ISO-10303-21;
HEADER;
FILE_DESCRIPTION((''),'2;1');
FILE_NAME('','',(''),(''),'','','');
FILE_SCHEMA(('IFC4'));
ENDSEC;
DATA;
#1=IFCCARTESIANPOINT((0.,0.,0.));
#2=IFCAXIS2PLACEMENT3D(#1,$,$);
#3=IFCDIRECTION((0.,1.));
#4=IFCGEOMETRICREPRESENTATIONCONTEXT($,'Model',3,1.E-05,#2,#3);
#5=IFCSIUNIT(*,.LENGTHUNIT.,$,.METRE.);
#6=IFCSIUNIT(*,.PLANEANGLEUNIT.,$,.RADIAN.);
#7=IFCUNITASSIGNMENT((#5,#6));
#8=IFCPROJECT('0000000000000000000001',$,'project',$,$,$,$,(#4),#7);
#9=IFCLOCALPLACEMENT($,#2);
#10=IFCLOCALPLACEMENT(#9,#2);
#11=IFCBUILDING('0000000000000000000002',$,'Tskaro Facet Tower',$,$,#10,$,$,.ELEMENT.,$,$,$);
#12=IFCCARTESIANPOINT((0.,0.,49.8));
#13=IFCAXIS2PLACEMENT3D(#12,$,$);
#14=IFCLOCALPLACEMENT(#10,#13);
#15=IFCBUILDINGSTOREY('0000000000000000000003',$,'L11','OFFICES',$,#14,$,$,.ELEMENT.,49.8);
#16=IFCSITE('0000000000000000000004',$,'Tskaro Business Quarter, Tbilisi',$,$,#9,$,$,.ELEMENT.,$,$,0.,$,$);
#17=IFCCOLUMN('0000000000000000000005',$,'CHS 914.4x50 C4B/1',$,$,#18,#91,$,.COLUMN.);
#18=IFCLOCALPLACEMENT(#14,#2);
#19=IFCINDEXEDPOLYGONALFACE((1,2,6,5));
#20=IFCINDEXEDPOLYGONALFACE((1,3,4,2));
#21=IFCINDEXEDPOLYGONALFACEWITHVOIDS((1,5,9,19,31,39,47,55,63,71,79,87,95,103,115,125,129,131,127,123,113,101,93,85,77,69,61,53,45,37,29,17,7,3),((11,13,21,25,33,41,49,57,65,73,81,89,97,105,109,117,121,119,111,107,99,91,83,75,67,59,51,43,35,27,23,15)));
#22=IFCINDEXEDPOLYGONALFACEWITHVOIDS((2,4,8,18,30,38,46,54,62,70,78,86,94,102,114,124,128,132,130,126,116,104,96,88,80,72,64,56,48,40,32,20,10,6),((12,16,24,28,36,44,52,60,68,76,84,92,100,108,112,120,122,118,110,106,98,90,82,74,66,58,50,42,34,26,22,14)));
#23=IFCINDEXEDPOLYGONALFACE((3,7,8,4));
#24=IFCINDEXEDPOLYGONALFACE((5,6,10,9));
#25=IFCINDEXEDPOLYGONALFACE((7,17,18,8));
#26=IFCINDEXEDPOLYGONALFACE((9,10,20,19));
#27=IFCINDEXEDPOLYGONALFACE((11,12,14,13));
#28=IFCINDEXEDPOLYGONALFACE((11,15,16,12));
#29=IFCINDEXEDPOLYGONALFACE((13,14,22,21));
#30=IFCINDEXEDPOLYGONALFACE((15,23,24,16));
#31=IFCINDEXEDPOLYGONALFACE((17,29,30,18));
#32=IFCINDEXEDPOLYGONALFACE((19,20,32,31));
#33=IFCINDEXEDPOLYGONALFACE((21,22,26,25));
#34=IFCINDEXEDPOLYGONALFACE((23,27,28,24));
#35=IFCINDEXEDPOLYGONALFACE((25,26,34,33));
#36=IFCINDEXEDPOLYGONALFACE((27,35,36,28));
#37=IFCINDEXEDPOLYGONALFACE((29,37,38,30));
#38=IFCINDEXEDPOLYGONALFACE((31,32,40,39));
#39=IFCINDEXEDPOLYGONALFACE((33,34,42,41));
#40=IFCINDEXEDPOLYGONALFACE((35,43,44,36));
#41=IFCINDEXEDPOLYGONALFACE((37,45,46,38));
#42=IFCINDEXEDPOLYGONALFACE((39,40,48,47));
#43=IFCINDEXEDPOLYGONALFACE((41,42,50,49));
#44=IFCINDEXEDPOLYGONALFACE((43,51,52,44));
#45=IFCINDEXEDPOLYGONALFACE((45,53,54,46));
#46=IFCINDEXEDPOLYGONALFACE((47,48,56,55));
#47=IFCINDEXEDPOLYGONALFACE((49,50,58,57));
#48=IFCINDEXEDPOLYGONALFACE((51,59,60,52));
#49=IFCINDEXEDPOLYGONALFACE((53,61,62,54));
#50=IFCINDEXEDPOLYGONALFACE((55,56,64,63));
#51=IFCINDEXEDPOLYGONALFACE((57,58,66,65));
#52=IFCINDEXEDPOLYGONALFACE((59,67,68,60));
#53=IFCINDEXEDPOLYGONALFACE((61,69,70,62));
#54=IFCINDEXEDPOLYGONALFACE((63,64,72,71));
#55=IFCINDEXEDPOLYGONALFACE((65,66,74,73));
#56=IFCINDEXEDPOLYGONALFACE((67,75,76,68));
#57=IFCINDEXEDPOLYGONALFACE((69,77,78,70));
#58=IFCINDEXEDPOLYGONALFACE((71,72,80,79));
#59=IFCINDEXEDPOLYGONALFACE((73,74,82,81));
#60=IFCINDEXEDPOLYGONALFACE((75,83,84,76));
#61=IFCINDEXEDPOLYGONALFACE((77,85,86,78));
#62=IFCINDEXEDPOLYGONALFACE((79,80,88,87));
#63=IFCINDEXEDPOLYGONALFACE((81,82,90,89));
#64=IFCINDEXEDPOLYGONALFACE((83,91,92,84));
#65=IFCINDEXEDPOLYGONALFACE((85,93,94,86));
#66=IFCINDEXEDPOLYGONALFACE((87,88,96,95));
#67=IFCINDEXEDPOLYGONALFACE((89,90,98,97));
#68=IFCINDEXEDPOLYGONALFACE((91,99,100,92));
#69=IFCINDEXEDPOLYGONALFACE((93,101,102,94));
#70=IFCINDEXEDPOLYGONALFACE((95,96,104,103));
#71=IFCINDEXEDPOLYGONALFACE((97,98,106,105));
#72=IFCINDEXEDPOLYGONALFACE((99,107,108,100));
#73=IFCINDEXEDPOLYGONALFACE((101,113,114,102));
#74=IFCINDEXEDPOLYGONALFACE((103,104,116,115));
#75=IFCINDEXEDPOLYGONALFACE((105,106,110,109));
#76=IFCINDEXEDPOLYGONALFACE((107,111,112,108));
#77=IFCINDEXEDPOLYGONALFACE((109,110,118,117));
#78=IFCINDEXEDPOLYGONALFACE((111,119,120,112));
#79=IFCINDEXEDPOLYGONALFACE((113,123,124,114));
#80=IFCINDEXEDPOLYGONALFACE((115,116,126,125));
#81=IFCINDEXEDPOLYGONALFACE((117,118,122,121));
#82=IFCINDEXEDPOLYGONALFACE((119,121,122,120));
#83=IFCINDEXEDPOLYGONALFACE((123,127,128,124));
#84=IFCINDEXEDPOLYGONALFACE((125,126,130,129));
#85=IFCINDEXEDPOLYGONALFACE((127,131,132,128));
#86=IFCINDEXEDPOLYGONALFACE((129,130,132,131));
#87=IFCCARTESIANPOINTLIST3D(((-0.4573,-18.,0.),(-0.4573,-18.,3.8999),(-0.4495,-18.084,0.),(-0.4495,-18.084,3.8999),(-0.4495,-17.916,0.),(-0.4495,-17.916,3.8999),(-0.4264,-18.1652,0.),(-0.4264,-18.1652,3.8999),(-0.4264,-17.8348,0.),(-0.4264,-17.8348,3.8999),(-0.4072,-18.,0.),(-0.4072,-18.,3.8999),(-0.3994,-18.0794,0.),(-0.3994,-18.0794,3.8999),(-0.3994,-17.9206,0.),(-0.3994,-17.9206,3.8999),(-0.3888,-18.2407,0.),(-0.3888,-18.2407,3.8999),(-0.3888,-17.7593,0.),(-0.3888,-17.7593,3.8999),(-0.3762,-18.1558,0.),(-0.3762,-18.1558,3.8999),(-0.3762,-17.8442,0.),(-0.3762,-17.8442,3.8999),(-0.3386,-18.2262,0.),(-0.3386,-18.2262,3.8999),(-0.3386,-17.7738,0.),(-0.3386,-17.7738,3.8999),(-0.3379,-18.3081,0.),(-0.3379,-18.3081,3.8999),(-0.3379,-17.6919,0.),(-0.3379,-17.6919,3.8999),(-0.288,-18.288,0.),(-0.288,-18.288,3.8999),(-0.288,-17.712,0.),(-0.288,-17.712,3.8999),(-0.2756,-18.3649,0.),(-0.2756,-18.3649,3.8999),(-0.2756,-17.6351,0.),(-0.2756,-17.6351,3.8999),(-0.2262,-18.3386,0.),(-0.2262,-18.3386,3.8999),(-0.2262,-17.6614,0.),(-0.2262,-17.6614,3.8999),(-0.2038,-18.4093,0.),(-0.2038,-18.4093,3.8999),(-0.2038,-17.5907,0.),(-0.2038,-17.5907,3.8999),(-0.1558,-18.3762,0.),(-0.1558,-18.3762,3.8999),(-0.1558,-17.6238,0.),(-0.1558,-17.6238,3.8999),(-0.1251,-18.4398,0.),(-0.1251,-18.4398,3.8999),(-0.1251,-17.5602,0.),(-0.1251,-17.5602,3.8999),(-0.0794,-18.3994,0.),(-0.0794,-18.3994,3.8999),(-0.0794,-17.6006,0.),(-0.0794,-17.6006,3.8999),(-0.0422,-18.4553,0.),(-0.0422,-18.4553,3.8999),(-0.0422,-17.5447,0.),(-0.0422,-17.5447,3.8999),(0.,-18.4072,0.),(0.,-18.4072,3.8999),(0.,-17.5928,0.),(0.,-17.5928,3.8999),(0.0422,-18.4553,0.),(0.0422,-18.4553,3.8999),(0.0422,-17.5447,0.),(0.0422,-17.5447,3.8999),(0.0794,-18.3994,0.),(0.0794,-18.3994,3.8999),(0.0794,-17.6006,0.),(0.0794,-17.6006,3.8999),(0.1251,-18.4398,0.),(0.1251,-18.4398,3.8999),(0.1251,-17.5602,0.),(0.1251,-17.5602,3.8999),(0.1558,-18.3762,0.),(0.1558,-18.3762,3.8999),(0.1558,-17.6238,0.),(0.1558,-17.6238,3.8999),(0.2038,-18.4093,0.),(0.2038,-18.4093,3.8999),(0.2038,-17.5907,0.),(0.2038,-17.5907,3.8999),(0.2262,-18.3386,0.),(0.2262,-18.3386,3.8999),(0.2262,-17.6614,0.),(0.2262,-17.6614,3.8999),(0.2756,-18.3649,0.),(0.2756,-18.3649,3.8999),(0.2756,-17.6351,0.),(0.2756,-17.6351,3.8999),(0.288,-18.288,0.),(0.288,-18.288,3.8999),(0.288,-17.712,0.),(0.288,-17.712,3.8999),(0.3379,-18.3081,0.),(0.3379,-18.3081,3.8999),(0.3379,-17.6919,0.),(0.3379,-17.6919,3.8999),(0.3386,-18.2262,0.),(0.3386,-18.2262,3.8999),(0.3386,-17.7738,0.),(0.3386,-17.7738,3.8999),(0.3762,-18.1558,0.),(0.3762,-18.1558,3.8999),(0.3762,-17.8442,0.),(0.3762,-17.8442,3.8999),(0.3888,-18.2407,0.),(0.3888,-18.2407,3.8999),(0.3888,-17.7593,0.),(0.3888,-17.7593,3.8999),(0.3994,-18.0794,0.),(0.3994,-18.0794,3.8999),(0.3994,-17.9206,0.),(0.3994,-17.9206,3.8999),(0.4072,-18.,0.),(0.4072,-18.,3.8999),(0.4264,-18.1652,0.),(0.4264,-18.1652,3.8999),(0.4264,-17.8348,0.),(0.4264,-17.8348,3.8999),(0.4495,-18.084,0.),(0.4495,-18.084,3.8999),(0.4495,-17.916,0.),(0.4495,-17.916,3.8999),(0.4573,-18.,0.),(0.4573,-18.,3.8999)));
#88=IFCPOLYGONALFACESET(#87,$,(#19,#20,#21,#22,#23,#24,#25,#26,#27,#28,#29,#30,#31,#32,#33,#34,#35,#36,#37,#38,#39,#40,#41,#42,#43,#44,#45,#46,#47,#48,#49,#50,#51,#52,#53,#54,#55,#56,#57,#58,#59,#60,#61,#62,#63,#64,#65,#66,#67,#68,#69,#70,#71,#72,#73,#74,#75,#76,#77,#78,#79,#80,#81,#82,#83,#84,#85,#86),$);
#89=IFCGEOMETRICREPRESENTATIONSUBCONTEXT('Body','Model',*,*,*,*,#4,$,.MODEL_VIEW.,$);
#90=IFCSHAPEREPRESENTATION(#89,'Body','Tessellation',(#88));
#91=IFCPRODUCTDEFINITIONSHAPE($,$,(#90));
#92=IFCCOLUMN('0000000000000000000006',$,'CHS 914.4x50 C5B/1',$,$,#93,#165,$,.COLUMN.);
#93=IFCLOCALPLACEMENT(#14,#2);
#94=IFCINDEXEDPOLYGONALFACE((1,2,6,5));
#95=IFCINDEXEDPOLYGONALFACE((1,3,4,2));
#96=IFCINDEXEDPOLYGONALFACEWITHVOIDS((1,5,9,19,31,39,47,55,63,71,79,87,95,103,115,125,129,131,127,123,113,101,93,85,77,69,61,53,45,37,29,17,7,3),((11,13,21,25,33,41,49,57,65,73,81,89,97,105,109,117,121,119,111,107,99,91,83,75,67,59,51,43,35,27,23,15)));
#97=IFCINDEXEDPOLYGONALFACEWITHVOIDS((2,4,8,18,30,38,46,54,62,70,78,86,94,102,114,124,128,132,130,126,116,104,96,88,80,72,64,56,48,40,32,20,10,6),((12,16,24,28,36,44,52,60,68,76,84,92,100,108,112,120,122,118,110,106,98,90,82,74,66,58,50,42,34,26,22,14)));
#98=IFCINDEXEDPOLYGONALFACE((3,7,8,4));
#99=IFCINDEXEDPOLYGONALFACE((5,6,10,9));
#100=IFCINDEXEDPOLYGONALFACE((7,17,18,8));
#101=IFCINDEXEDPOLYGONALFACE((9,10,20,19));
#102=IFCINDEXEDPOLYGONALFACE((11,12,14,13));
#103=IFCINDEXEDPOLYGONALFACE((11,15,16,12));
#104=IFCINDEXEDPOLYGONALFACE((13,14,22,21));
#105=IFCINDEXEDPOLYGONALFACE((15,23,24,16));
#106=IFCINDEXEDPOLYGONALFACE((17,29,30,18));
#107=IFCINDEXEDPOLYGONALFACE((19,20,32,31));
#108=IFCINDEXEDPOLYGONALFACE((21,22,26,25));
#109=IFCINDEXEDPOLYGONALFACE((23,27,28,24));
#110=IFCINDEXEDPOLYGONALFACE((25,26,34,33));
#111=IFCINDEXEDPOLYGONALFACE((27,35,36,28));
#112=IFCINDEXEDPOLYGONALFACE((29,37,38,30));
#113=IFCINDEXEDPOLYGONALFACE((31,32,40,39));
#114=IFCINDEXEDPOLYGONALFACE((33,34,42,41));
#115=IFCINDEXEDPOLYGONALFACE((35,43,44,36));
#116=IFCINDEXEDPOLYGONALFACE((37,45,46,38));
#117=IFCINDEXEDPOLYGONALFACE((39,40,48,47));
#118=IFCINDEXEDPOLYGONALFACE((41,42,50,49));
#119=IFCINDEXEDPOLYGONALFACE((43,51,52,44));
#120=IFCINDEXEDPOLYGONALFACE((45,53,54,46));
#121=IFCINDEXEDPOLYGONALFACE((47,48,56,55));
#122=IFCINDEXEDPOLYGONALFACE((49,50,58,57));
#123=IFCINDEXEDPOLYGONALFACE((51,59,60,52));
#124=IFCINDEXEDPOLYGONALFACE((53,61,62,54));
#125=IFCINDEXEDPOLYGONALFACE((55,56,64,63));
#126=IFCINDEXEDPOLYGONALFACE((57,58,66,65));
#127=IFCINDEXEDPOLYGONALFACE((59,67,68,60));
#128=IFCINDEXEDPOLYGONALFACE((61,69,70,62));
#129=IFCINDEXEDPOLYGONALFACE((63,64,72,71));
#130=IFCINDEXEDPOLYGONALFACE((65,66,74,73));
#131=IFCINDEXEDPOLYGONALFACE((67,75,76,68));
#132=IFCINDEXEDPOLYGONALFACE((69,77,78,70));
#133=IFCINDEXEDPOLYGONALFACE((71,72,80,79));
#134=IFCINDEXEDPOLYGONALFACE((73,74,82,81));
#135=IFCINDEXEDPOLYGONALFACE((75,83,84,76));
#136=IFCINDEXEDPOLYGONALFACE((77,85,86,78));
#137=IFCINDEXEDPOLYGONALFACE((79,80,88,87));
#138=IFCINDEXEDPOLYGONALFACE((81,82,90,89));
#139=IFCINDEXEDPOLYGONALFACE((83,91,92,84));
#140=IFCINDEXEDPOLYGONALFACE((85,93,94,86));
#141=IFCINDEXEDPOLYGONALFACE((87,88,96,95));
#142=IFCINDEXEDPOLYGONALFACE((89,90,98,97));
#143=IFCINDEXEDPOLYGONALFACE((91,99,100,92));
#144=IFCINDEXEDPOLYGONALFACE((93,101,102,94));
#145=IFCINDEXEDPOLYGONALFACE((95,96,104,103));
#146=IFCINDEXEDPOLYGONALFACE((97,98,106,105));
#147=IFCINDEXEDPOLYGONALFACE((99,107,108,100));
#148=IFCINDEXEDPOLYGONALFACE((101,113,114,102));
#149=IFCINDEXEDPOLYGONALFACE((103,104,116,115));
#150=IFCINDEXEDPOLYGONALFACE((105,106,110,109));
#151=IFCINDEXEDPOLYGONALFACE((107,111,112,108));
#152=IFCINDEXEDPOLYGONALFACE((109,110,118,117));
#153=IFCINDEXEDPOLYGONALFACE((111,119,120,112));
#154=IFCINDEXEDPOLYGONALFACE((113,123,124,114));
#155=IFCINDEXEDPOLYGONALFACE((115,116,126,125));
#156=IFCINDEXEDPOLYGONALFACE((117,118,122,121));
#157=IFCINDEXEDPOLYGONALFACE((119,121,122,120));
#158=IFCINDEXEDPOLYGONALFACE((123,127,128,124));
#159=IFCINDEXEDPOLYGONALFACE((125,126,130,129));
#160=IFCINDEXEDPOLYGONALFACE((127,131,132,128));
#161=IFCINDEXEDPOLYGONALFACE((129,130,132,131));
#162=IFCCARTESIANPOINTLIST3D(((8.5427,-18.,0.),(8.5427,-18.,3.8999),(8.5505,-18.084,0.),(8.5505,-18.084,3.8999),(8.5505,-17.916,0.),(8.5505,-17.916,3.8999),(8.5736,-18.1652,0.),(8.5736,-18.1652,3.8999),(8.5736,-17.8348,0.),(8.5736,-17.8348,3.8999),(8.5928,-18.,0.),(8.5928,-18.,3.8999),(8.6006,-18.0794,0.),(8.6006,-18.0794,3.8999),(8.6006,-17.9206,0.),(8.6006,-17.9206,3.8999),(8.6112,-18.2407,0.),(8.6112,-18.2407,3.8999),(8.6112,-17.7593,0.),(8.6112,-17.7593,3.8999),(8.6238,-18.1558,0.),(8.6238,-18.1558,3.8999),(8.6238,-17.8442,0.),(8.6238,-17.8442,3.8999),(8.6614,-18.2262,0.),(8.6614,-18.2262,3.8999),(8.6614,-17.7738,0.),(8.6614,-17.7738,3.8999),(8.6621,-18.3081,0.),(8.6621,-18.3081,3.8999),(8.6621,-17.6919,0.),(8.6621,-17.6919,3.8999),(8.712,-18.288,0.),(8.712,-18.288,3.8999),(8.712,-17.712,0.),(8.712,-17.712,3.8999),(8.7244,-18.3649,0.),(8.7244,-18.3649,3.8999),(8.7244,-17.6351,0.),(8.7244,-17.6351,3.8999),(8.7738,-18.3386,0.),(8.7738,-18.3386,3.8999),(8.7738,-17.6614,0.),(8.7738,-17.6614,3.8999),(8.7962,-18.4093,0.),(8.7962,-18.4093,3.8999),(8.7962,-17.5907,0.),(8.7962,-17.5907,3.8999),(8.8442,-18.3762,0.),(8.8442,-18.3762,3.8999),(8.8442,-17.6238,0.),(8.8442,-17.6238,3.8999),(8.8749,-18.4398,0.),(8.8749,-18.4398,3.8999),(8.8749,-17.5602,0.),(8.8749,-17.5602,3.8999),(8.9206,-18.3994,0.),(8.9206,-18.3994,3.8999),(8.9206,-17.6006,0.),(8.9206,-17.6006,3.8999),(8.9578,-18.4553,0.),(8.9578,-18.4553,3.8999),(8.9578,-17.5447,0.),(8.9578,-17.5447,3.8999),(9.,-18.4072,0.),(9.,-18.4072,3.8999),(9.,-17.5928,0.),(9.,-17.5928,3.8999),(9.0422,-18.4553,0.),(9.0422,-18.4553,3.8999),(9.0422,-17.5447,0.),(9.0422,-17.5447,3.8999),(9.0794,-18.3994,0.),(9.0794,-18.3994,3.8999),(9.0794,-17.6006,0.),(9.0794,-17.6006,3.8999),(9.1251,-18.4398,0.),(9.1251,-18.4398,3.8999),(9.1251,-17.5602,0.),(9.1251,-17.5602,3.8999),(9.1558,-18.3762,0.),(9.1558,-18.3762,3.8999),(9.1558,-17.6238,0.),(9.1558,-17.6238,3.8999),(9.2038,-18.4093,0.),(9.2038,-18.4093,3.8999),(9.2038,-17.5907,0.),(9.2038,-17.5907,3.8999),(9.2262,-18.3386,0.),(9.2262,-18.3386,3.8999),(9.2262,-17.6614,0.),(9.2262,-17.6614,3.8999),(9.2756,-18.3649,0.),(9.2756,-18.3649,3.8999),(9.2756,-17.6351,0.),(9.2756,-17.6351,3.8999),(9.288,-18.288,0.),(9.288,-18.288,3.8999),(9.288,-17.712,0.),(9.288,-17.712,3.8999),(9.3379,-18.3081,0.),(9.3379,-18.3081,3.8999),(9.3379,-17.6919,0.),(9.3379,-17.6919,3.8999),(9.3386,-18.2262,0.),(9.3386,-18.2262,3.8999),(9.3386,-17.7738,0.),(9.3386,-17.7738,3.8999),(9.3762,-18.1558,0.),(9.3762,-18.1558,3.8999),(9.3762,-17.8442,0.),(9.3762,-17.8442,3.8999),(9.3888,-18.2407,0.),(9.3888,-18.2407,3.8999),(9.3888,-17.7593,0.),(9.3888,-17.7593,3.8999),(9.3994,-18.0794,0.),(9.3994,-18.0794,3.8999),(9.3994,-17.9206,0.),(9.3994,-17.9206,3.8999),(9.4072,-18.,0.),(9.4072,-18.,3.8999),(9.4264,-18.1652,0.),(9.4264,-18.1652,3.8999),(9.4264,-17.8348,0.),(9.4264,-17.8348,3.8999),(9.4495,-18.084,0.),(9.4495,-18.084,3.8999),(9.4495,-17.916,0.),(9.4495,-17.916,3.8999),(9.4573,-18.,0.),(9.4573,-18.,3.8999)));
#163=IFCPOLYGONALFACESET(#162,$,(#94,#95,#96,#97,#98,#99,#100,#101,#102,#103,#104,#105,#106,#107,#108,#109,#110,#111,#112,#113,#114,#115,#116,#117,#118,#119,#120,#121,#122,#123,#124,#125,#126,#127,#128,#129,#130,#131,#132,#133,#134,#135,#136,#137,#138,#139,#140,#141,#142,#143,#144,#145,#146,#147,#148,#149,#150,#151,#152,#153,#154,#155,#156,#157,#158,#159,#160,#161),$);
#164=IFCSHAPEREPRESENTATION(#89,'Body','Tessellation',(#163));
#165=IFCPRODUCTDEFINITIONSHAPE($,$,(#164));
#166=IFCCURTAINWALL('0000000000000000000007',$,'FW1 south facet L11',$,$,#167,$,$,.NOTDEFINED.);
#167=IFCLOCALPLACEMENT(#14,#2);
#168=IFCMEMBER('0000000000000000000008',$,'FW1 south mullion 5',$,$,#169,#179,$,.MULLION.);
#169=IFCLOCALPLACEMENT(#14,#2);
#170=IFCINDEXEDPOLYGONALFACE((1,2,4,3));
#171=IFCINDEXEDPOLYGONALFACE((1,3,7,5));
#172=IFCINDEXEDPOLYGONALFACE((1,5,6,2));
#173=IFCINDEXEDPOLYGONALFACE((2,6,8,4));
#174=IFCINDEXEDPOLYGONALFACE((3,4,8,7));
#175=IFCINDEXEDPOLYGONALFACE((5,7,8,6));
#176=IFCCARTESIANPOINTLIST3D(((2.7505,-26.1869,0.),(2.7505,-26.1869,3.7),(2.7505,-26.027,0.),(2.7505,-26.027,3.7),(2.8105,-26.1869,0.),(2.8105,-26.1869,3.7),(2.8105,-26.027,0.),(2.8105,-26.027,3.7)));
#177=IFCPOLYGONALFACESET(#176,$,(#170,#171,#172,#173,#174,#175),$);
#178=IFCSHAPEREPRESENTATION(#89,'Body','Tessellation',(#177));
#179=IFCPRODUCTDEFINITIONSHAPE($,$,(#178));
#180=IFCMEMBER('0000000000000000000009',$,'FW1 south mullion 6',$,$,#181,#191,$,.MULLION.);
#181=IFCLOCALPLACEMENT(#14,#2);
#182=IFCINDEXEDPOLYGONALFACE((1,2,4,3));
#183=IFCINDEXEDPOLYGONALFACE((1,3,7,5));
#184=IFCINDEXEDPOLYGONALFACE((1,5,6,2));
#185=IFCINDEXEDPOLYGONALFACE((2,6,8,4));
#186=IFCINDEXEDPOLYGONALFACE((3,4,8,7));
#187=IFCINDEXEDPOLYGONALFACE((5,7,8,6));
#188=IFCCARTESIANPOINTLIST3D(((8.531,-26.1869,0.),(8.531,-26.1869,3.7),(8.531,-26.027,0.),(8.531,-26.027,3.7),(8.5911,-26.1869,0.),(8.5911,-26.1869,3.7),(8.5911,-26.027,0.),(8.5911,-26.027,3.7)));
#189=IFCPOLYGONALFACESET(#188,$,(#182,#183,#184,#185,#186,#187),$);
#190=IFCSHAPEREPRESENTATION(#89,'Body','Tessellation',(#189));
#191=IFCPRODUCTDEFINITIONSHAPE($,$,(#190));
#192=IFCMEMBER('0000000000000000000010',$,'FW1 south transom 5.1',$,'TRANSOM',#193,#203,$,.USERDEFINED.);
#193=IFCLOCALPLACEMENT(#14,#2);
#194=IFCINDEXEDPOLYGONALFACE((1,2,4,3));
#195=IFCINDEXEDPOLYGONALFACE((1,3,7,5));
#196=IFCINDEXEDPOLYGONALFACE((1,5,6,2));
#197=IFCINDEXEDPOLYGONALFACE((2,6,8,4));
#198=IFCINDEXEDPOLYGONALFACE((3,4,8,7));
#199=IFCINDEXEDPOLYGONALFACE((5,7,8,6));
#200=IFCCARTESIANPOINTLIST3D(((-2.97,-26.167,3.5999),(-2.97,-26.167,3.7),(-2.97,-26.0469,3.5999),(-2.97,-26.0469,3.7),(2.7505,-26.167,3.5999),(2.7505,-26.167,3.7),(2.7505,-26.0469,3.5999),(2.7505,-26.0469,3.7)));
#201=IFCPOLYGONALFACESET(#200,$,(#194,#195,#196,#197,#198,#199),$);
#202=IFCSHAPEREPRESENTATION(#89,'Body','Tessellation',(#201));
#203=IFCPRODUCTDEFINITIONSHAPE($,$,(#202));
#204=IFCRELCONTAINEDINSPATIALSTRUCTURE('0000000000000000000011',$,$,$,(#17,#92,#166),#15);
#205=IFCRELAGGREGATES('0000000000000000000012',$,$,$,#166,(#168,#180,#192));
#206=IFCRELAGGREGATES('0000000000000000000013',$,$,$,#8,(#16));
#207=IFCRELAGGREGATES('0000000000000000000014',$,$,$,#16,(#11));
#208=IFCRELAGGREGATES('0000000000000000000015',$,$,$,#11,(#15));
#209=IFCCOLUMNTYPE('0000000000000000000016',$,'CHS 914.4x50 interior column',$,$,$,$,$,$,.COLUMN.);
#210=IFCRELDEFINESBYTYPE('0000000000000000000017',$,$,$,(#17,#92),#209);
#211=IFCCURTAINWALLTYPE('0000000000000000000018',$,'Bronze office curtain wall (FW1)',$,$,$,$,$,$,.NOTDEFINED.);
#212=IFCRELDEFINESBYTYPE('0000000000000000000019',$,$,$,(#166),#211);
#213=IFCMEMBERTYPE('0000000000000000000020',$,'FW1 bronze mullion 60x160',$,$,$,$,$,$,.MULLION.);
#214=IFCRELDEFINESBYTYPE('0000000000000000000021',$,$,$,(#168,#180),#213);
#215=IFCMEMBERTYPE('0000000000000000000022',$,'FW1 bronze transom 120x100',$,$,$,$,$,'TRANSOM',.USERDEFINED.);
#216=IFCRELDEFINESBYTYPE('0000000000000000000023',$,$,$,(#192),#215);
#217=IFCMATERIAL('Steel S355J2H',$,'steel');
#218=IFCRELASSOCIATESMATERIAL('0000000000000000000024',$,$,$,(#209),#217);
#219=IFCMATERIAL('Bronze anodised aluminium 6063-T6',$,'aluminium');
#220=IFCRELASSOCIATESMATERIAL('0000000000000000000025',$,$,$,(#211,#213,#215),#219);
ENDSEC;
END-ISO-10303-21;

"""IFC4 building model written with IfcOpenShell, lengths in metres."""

from ifc_helpers import new_model, si_unit, direction, frame, origin, origin_2d, place, context, subcontext, project, spatial, rectangle, hollow_circle, extrude, material, material_profile, profile_set, type_object, element, aggregate, save


model = new_model("IFC4")

# Units and contexts
model_context = context("Model", 3, precision=1e-05, world=origin(), true_north=direction((0.0, 1.0)))
body_context = subcontext(model_context, "Body", "Model", "MODEL_VIEW")
ifc_project = project(units=[si_unit("LENGTHUNIT", "METRE"), si_unit("PLANEANGLEUNIT", "RADIAN")], contexts=[model_context])

# Site, building, storey
site_placement = place(None, origin())
site = spatial("IfcSite", under=ifc_project, at=site_placement, Name="Tskaro Business Quarter, Tbilisi", CompositionType="ELEMENT", RefElevation=0.0)
building_placement = place(site_placement, origin())
building = spatial("IfcBuilding", under=site, at=building_placement, Name="Tskaro Facet Tower", CompositionType="ELEMENT")
storey_placement = place(building_placement, frame((0.0, 0.0, 49.8)))
storey = spatial("IfcBuildingStorey", under=building, at=storey_placement, Name="L11", Description="OFFICES", CompositionType="ELEMENT", Elevation=49.8)

# Columns
ifc_material_1 = material(Name="Steel S355J2H", Category="steel")
ifc_material_profile_1 = material_profile(ifc_material_1, hollow_circle(Radius=0.4573, WallThickness=0.05, at=origin_2d()), Name="CHS 914.4x50")
ifc_profile_set_1 = profile_set([ifc_material_profile_1], Name="Steel S355J2H")
column_type_1 = type_object("IfcColumnType", Name="CHS 914.4x50 interior column", PredefinedType="COLUMN", material=ifc_profile_set_1)
for number, where, z_axis, x_axis, name in (
    (1, (0.0, -18.0, 0.0), (0.0, 0.0, 1.0), (1.0, 0.0, 0.0), "CHS 914.4x50 C4B/1"),
    (2, (9.0, -18.0, 0.0), (0.0, 0.0, 1.0), (1.0, 0.0, 0.0), "CHS 914.4x50 C5B/1"),
):
    element("IfcColumn", number, at=place(storey_placement, frame(where, z_axis=z_axis, x_axis=x_axis)), inside=storey, type_object=column_type_1, Name=name, PredefinedType="COLUMN", context=body_context, shape_type="SweptSolid", body=[
        extrude(hollow_circle(Radius=0.4573, WallThickness=0.05, at=origin_2d()), origin(), (0.0, 0.0, 1.0), 3.8999),
    ])

# Curtain wall, members
ifc_material_2 = material(Name="Bronze anodised aluminium 6063-T6", Category="aluminium")
curtain_wall_type = type_object("IfcCurtainWallType", Name="Bronze office curtain wall (FW1)", PredefinedType="NOTDEFINED", material=ifc_material_2)
curtain_wall_placement = place(storey_placement, origin())
curtain_wall = element("IfcCurtainWall", 3, at=curtain_wall_placement, inside=storey, type_object=curtain_wall_type, Name="FW1 south facet L11", PredefinedType="NOTDEFINED")
ifc_material_profile_2 = material_profile(ifc_material_2, rectangle(XDim=0.0601, YDim=0.1599, at=origin_2d()), Name="Mullion 60x160")
ifc_profile_set_2 = profile_set([ifc_material_profile_2], Name="Bronze anodised aluminium 6063-T6")
member_type_1 = type_object("IfcMemberType", Name="FW1 bronze mullion 60x160", PredefinedType="MULLION", material=ifc_profile_set_2)
member_1_placement = place(storey_placement, frame((2.7805, -26.1069, 0.0), z_axis=(0.0, 0.0, 1.0), x_axis=(1.0, 0.0, 0.0)))
member_1 = element("IfcMember", 4, at=member_1_placement, type_object=member_type_1, Name="FW1 south mullion 5", PredefinedType="MULLION", context=body_context, shape_type="SweptSolid", body=[
    extrude(rectangle(XDim=0.0601, YDim=0.1599, at=origin_2d()), origin(), (0.0, 0.0, 1.0), 3.7),
])
member_2_placement = place(storey_placement, frame((8.561, -26.1069, 0.0), z_axis=(0.0, 0.0, 1.0), x_axis=(1.0, 0.0, 0.0)))
member_2 = element("IfcMember", 5, at=member_2_placement, type_object=member_type_1, Name="FW1 south mullion 6", PredefinedType="MULLION", context=body_context, shape_type="SweptSolid", body=[
    extrude(rectangle(XDim=0.0601, YDim=0.1599, at=origin_2d()), origin(), (0.0, 0.0, 1.0), 3.7),
])
ifc_material_profile_3 = material_profile(ifc_material_2, rectangle(XDim=0.1201, YDim=0.1001, at=origin_2d()), Name="Transom 120x100")
ifc_profile_set_3 = profile_set([ifc_material_profile_3], Name="Bronze anodised aluminium 6063-T6")
member_type_2 = type_object("IfcMemberType", Name="FW1 bronze transom 120x100", ElementType="TRANSOM", PredefinedType="USERDEFINED", material=ifc_profile_set_3)
member_3_placement = place(storey_placement, frame((-2.97, -26.1069, 3.6499), z_axis=(1.0, 0.0, 0.0), x_axis=(0.0, 1.0, 0.0)))
member_3 = element("IfcMember", 6, at=member_3_placement, type_object=member_type_2, Name="FW1 south transom 5.1", ObjectType="TRANSOM", PredefinedType="USERDEFINED", context=body_context, shape_type="SweptSolid", body=[
    extrude(rectangle(XDim=0.1201, YDim=0.1001, at=origin_2d()), origin(), (0.0, 0.0, 1.0), 5.7205),
])

aggregate(curtain_wall, [member_1, member_2, member_3])

save(model, "model.ifc")
